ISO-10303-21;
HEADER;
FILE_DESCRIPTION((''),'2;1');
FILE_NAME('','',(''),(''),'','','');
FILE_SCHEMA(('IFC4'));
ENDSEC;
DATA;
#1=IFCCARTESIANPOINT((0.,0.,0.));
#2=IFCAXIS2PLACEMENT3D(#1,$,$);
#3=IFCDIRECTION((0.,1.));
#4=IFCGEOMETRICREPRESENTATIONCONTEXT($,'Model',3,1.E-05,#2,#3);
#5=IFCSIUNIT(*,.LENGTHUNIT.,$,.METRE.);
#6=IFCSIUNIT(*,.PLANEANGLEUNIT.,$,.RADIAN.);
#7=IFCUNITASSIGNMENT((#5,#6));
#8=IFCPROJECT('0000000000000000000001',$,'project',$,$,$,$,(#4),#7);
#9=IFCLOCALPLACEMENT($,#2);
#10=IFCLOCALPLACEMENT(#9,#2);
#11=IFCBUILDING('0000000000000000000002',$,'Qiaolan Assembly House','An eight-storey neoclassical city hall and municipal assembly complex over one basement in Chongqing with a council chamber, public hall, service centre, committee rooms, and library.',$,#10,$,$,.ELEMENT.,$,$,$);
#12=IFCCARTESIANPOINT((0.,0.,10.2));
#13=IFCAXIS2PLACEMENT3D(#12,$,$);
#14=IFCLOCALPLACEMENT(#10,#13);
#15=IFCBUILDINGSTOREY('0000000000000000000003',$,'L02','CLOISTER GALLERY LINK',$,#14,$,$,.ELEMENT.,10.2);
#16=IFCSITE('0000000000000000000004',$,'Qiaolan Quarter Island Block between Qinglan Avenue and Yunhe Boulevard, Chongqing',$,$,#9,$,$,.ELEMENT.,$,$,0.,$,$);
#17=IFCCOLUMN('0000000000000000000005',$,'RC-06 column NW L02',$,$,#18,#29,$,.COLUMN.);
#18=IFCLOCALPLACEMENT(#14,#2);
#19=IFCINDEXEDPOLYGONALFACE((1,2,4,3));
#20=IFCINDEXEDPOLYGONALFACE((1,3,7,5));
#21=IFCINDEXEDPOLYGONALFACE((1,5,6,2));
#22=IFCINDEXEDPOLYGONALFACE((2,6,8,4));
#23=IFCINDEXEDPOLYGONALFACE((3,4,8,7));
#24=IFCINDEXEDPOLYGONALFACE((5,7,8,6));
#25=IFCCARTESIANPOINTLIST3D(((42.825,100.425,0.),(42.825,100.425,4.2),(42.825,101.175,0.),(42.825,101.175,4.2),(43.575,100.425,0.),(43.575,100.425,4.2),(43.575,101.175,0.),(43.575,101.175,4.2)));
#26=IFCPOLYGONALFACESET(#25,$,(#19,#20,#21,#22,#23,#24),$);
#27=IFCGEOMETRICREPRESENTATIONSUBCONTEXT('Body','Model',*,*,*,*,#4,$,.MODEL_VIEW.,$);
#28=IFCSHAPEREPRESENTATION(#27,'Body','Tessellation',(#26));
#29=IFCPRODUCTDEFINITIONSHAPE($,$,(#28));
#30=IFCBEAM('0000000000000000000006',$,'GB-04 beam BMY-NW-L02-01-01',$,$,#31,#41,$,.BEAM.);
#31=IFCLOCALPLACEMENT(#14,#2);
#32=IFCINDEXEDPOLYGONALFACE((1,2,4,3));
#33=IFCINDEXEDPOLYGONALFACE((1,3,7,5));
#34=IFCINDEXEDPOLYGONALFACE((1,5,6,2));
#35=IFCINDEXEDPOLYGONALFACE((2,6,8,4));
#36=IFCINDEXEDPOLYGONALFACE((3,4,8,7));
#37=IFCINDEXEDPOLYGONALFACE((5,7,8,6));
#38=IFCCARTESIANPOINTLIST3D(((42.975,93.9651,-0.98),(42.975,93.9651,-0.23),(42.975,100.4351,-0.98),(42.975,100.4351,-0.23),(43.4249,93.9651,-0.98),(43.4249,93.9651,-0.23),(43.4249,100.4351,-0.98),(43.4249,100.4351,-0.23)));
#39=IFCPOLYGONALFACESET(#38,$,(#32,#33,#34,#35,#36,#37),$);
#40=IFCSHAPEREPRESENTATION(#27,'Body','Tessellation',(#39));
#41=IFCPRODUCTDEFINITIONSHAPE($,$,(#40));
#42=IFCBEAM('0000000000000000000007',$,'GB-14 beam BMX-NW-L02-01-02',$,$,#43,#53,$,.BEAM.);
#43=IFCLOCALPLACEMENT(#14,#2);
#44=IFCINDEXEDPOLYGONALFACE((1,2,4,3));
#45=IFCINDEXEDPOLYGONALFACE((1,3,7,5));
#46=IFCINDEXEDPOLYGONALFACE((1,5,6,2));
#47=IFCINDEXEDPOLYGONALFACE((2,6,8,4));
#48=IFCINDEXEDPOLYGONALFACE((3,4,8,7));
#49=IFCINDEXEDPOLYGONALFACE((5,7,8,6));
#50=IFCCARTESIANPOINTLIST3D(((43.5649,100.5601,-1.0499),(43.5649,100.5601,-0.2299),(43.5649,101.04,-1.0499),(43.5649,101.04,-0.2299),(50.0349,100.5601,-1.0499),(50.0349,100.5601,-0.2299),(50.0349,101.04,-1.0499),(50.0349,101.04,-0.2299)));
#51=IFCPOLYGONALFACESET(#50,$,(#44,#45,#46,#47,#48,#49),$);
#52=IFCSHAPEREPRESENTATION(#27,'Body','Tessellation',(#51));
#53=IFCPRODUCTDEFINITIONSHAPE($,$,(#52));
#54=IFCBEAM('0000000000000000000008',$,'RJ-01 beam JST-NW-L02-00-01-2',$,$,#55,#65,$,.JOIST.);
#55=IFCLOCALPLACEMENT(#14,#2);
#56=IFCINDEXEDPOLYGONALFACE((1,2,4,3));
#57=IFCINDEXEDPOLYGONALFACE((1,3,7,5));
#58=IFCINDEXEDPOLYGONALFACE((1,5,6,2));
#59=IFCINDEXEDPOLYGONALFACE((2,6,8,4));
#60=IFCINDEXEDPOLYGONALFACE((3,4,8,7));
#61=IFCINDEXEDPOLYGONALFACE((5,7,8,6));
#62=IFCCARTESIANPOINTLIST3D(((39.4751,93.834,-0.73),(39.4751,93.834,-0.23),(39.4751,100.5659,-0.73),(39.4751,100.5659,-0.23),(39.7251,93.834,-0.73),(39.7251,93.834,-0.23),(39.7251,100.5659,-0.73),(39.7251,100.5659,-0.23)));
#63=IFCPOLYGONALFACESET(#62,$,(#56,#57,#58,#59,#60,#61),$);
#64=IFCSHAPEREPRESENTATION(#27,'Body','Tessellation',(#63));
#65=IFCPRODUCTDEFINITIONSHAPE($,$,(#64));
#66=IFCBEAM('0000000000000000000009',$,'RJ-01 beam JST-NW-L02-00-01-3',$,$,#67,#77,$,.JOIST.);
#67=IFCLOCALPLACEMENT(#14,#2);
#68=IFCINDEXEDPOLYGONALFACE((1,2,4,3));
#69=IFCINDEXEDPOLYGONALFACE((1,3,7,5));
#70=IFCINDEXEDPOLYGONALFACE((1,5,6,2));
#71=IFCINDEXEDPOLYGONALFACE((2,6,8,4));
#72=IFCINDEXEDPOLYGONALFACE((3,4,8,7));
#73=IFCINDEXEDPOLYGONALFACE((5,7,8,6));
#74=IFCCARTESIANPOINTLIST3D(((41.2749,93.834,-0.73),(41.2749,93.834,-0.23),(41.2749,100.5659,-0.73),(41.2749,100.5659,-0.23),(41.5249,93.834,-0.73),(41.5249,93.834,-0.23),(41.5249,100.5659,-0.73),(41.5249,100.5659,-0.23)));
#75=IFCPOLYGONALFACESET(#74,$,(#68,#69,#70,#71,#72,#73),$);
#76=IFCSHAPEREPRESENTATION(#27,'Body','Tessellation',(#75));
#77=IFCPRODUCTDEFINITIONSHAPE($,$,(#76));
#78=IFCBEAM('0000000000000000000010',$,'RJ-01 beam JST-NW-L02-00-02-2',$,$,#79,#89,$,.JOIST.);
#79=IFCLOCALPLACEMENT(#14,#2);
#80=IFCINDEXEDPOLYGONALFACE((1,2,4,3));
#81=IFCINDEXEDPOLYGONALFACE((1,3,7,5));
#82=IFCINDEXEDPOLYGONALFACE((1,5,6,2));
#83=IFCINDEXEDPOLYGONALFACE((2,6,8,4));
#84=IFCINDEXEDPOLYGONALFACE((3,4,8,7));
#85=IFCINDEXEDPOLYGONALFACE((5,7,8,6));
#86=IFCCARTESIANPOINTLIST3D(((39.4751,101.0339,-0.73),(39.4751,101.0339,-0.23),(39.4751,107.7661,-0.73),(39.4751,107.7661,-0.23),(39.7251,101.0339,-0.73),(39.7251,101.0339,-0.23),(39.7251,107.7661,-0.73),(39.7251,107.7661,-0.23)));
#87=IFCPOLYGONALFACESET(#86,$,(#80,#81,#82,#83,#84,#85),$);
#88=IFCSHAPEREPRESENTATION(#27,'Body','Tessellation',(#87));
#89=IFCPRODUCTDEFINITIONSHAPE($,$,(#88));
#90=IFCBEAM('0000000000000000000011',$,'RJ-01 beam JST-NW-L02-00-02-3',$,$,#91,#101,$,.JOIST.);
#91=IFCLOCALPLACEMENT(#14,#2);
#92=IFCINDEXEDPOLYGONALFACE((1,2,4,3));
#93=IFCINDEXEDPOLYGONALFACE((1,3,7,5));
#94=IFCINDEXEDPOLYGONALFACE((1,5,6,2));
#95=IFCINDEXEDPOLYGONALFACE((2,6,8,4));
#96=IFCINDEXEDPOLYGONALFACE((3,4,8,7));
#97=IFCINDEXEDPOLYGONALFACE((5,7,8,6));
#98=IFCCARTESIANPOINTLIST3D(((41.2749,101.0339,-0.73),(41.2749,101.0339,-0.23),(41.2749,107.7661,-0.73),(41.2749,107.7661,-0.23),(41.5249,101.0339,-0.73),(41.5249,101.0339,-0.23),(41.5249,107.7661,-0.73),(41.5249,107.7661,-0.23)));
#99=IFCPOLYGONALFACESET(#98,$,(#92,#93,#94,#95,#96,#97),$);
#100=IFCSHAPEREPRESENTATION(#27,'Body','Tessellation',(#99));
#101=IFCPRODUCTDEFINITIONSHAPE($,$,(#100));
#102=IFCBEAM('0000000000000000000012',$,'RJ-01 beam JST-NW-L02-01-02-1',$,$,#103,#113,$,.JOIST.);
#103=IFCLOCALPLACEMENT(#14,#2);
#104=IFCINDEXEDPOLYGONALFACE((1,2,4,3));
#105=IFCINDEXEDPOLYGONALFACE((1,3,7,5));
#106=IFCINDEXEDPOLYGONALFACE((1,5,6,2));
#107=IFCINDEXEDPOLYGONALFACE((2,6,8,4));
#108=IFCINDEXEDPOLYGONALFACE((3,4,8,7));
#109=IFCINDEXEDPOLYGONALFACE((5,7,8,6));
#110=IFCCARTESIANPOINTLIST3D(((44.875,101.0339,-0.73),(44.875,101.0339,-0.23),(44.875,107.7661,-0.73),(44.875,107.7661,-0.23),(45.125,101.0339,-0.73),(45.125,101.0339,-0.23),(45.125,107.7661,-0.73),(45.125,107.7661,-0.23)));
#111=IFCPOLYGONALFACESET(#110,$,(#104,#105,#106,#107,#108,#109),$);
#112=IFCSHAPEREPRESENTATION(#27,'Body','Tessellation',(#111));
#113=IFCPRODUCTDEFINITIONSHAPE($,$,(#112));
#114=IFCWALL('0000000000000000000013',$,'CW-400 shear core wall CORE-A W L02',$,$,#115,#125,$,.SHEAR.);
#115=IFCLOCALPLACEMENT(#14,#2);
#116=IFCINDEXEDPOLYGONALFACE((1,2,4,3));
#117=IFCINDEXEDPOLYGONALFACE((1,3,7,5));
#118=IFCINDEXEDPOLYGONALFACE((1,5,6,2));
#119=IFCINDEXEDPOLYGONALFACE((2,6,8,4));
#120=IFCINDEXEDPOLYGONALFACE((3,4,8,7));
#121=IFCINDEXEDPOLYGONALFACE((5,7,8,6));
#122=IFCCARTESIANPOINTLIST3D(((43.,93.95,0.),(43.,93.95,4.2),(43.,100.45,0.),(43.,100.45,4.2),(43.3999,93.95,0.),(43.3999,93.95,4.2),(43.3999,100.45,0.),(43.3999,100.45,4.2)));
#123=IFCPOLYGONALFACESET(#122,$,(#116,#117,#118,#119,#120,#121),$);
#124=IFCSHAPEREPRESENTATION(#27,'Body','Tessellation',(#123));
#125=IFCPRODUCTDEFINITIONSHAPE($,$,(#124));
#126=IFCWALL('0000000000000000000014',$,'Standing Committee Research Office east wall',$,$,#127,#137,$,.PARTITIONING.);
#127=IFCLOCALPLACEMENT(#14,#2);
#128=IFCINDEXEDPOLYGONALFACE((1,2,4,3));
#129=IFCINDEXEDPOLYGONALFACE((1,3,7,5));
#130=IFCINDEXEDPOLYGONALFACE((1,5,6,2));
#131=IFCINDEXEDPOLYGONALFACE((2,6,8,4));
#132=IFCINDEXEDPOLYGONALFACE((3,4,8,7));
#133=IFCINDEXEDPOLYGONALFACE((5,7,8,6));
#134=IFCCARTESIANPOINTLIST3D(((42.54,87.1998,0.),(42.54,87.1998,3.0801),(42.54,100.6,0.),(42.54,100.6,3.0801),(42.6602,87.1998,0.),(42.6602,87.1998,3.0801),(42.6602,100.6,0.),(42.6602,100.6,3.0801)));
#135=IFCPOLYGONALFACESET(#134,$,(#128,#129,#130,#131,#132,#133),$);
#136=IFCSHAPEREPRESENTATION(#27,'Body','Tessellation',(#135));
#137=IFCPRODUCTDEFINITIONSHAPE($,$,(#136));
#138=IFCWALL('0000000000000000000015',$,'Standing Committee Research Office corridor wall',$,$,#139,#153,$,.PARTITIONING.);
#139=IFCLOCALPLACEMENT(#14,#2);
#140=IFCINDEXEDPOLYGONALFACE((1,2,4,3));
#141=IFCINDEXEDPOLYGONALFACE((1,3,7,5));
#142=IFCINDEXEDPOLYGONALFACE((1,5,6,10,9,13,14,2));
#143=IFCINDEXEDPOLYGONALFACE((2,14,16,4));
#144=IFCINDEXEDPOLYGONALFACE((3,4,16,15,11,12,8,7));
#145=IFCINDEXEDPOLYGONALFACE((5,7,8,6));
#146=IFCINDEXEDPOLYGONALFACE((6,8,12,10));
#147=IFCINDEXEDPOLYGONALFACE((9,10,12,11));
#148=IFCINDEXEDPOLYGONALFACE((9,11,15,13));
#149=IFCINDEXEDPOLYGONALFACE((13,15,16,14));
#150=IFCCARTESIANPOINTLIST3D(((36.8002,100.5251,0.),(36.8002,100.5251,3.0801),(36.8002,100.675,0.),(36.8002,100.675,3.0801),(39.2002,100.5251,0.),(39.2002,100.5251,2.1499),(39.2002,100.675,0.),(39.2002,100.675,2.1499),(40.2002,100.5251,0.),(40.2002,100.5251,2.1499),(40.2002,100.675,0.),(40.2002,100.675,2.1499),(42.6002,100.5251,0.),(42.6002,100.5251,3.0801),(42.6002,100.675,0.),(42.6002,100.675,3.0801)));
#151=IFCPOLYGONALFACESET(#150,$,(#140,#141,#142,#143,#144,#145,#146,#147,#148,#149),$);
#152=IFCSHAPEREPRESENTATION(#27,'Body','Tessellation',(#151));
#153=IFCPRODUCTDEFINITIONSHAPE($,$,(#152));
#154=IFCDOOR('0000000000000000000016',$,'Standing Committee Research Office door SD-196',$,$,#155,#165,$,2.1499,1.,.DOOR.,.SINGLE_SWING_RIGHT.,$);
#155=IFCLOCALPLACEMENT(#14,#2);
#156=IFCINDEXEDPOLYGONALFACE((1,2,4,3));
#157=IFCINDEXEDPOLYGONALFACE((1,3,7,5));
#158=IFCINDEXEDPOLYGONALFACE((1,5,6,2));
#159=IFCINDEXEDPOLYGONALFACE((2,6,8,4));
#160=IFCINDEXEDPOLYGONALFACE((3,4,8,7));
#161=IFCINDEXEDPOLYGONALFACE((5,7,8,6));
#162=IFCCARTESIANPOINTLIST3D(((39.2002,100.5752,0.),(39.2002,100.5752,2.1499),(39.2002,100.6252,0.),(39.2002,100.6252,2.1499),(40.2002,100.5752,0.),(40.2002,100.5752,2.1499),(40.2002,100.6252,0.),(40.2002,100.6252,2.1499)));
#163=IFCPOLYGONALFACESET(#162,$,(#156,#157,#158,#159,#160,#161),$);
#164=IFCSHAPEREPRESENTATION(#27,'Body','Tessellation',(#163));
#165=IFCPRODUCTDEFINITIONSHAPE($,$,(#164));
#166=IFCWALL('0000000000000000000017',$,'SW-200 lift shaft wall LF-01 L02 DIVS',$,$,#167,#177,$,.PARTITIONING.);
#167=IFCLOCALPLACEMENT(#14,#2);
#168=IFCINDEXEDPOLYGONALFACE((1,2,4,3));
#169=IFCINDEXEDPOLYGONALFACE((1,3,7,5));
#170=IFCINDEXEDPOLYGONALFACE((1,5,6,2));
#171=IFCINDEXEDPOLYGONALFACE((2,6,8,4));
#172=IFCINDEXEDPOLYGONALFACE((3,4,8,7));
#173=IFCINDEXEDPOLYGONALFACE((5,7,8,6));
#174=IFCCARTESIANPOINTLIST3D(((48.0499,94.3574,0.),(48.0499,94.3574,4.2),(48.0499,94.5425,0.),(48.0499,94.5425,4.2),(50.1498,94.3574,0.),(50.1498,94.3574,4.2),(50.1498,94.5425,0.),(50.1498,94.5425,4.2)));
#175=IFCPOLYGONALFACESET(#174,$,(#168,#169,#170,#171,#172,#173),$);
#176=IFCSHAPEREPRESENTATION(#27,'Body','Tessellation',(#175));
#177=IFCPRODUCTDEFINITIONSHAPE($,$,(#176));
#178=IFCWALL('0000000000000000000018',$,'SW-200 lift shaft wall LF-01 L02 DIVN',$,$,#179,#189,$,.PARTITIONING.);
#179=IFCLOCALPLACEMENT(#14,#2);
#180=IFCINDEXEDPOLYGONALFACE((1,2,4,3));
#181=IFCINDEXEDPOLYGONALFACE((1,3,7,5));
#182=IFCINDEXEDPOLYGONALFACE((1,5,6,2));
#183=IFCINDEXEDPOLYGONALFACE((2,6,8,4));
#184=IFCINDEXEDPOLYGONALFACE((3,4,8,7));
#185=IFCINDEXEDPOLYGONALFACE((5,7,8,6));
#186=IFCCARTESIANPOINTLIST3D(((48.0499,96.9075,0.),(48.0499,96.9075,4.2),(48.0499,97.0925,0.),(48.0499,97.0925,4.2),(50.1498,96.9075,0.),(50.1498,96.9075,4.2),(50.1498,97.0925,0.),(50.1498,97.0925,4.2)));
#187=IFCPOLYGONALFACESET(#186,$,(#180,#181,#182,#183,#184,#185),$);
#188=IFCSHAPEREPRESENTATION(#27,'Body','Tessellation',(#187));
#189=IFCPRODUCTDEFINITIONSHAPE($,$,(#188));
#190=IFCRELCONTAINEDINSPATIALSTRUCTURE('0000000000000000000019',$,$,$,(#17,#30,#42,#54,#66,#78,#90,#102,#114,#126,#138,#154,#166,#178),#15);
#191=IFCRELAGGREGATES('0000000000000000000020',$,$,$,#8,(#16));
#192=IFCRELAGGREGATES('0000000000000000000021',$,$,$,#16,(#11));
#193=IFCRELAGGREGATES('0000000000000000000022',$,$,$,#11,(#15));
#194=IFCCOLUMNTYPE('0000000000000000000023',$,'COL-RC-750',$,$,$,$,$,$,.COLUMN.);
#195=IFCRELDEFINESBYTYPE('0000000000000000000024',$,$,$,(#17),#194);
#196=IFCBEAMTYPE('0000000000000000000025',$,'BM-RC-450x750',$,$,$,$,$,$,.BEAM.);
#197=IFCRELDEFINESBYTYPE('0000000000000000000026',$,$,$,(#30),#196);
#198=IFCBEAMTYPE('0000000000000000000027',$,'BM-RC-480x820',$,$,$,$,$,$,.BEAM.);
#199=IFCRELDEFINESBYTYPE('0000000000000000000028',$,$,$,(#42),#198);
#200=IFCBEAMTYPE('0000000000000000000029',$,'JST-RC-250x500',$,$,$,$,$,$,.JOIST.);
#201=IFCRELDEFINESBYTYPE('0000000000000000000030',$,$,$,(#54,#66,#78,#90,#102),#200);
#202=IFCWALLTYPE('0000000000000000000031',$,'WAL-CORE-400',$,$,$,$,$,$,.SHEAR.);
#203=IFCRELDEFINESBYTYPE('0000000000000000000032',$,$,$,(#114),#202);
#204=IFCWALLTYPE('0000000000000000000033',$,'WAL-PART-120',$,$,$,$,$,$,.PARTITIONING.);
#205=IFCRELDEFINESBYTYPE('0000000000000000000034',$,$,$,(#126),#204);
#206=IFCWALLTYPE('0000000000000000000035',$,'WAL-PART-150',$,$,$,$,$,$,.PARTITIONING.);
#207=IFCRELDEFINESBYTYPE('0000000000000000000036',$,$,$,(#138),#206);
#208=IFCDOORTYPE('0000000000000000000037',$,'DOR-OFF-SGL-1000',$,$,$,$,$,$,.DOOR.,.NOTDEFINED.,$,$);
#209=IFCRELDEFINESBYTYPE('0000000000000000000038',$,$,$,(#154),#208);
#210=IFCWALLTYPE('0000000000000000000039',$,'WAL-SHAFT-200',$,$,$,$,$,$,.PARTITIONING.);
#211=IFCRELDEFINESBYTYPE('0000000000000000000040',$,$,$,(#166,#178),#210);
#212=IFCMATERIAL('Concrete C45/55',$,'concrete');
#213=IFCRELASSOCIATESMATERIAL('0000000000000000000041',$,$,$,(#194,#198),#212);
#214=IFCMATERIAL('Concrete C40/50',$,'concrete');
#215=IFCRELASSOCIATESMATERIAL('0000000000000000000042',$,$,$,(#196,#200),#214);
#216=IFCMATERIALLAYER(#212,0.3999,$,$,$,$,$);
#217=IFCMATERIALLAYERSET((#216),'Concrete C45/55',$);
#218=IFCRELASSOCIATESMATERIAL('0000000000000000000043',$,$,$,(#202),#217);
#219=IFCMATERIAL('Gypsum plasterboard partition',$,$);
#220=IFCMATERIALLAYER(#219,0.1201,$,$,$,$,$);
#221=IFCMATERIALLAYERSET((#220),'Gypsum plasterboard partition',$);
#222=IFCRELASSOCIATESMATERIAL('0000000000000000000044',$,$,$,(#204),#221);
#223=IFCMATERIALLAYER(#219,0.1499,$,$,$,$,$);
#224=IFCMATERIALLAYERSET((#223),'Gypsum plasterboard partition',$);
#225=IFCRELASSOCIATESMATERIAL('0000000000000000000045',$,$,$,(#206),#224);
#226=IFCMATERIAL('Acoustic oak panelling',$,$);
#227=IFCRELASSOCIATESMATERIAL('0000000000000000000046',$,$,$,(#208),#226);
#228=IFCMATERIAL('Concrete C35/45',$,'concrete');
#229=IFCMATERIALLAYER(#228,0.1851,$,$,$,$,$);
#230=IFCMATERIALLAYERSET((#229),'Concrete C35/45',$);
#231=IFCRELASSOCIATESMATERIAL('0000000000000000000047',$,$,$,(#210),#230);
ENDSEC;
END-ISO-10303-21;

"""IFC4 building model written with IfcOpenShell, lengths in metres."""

from ifc_helpers import new_model, si_unit, direction, frame, frame_2d, origin, origin_2d, place, context, subcontext, project, spatial, rectangle, extrude, material, layer, layer_set, material_profile, profile_set, type_object, element, fill, save


model = new_model("IFC4")

# Units and contexts
model_context = context("Model", 3, precision=1e-05, world=origin(), true_north=direction((0.0, 1.0)))
body_context = subcontext(model_context, "Body", "Model", "MODEL_VIEW")
ifc_project = project(units=[si_unit("LENGTHUNIT", "METRE"), si_unit("PLANEANGLEUNIT", "RADIAN")], contexts=[model_context])

# Site, building, storey
site_placement = place(None, origin())
site = spatial("IfcSite", under=ifc_project, at=site_placement, Name="Qiaolan Quarter Island Block between Qinglan Avenue and Yunhe Boulevard, Chongqing", CompositionType="ELEMENT", RefElevation=0.0)
building_placement = place(site_placement, origin())
building = spatial("IfcBuilding", under=site, at=building_placement, Name="Qiaolan Assembly House", Description="An eight-storey neoclassical city hall and municipal assembly complex over one basement in Chongqing with a council chamber, public hall, service centre, committee rooms, and library.", CompositionType="ELEMENT")
storey_placement = place(building_placement, frame((0.0, 0.0, 10.2)))
storey = spatial("IfcBuildingStorey", under=building, at=storey_placement, Name="L02", Description="CLOISTER GALLERY LINK", CompositionType="ELEMENT", Elevation=10.2)

# Column
ifc_material_1 = material(Name="Concrete C45/55", Category="concrete")
ifc_material_profile_1 = material_profile(ifc_material_1, rectangle(XDim=0.75, YDim=0.75, at=origin_2d()), Name="RC 750x750")
ifc_profile_set_1 = profile_set([ifc_material_profile_1], Name="Concrete C45/55")
column_type = type_object("IfcColumnType", Name="COL-RC-750", PredefinedType="COLUMN", material=ifc_profile_set_1)
column_placement = place(storey_placement, frame((43.2, 100.8, 0.0), z_axis=(0.0, 0.0, 1.0), x_axis=(1.0, 0.0, 0.0)))
element("IfcColumn", 1, at=column_placement, inside=storey, type_object=column_type, Name="RC-06 column NW L02", PredefinedType="COLUMN", context=body_context, shape_type="SweptSolid", body=[
    extrude(rectangle(XDim=0.75, YDim=0.75, at=origin_2d()), origin(), (0.0, 0.0, 1.0), 4.2),
])

# Beams
ifc_material_2 = material(Name="Concrete C40/50", Category="concrete")
ifc_material_profile_2 = material_profile(ifc_material_2, rectangle(XDim=0.45, YDim=0.75, at=origin_2d()), Name="RCB 450x750")
ifc_profile_set_2 = profile_set([ifc_material_profile_2], Name="Concrete C40/50")
beam_type_1 = type_object("IfcBeamType", Name="BM-RC-450x750", PredefinedType="BEAM", material=ifc_profile_set_2)
beam_1_placement = place(storey_placement, frame((43.2, 93.9651, -0.605), z_axis=(0.0, 1.0, 0.0), x_axis=(-1.0, 0.0, 0.0)))
element("IfcBeam", 2, at=beam_1_placement, inside=storey, type_object=beam_type_1, Name="GB-04 beam BMY-NW-L02-01-01", PredefinedType="BEAM", context=body_context, shape_type="SweptSolid", body=[
    extrude(rectangle(XDim=0.45, YDim=0.75, at=origin_2d()), origin(), (0.0, 0.0, 1.0), 6.47),
])
ifc_material_profile_3 = material_profile(ifc_material_1, rectangle(XDim=0.48, YDim=0.8201, at=origin_2d()), Name="RCB 480x820")
ifc_profile_set_3 = profile_set([ifc_material_profile_3], Name="Concrete C45/55")
beam_type_2 = type_object("IfcBeamType", Name="BM-RC-480x820", PredefinedType="BEAM", material=ifc_profile_set_3)
beam_2_placement = place(storey_placement, frame((43.5649, 100.8, -0.6399), z_axis=(1.0, 0.0, 0.0), x_axis=(0.0, 1.0, 0.0)))
element("IfcBeam", 3, at=beam_2_placement, inside=storey, type_object=beam_type_2, Name="GB-14 beam BMX-NW-L02-01-02", PredefinedType="BEAM", context=body_context, shape_type="SweptSolid", body=[
    extrude(rectangle(XDim=0.48, YDim=0.8201, at=origin_2d()), origin(), (0.0, 0.0, 1.0), 6.47),
])
ifc_material_profile_4 = material_profile(ifc_material_2, rectangle(XDim=0.25, YDim=0.5, at=origin_2d()), Name="RCB 250x500")
ifc_profile_set_4 = profile_set([ifc_material_profile_4], Name="Concrete C40/50")
beam_type_3 = type_object("IfcBeamType", Name="JST-RC-250x500", PredefinedType="JOIST", material=ifc_profile_set_4)
for number, where, z_axis, x_axis, name in (
    (4, (39.6001, 93.834, -0.48), (0.0, 1.0, 0.0), (-1.0, 0.0, 0.0), "RJ-01 beam JST-NW-L02-00-01-2"),
    (5, (41.3999, 93.834, -0.48), (0.0, 1.0, 0.0), (-1.0, 0.0, 0.0), "RJ-01 beam JST-NW-L02-00-01-3"),
):
    element("IfcBeam", number, at=place(storey_placement, frame(where, z_axis=z_axis, x_axis=x_axis)), inside=storey, type_object=beam_type_3, Name=name, PredefinedType="JOIST", context=body_context, shape_type="SweptSolid", body=[
        extrude(rectangle(XDim=0.25, YDim=0.5, at=origin_2d()), origin(), (0.0, 0.0, 1.0), 6.7319),
    ])
for number, where, z_axis, x_axis, name in (
    (6, (39.6001, 101.0339, -0.48), (0.0, 1.0, 0.0), (-1.0, 0.0, 0.0), "RJ-01 beam JST-NW-L02-00-02-2"),
    (7, (41.3999, 101.0339, -0.48), (0.0, 1.0, 0.0), (-1.0, 0.0, 0.0), "RJ-01 beam JST-NW-L02-00-02-3"),
    (8, (45.0, 101.0339, -0.48), (0.0, 1.0, 0.0), (-1.0, 0.0, 0.0), "RJ-01 beam JST-NW-L02-01-02-1"),
):
    element("IfcBeam", number, at=place(storey_placement, frame(where, z_axis=z_axis, x_axis=x_axis)), inside=storey, type_object=beam_type_3, Name=name, PredefinedType="JOIST", context=body_context, shape_type="SweptSolid", body=[
        extrude(rectangle(XDim=0.25, YDim=0.5, at=origin_2d()), origin(), (0.0, 0.0, 1.0), 6.7322),
    ])

# Walls
ifc_layer_1 = layer(ifc_material_1, 0.3999)
ifc_layer_set_1 = layer_set([ifc_layer_1], Name="Concrete C45/55")
wall_type_1 = type_object("IfcWallType", Name="WAL-CORE-400", PredefinedType="SHEAR", material=ifc_layer_set_1)
wall_1_placement = place(storey_placement, frame((43.2, 100.45, 0.0), z_axis=(0.0, 0.0, 1.0), x_axis=(0.0, -1.0, 0.0)))
element("IfcWall", 9, at=wall_1_placement, inside=storey, type_object=wall_type_1, Name="CW-400 shear core wall CORE-A W L02", PredefinedType="SHEAR", context=body_context, shape_type="SweptSolid", body=[
    extrude(rectangle(XDim=6.5, YDim=0.3999, at=frame_2d((3.25, 0.0))), origin(), (0.0, 0.0, 1.0), 4.2),
])
ifc_material_3 = material(Name="Gypsum plasterboard partition")
ifc_layer_2 = layer(ifc_material_3, 0.1201)
ifc_layer_set_2 = layer_set([ifc_layer_2], Name="Gypsum plasterboard partition")
wall_type_2 = type_object("IfcWallType", Name="WAL-PART-120", PredefinedType="PARTITIONING", material=ifc_layer_set_2)
wall_2_placement = place(storey_placement, frame((42.6001, 100.6001, 0.0), z_axis=(0.0, 0.0, 1.0), x_axis=(0.0, -1.0, 0.0)))
element("IfcWall", 10, at=wall_2_placement, inside=storey, type_object=wall_type_2, Name="Standing Committee Research Office east wall", PredefinedType="PARTITIONING", context=body_context, shape_type="SweptSolid", body=[
    extrude(rectangle(XDim=13.4001, YDim=0.1201, at=frame_2d((6.7002, 0.0))), origin(), (0.0, 0.0, 1.0), 3.0801),
])

# Wall, opening, door
ifc_layer_3 = layer(ifc_material_3, 0.1499)
ifc_layer_set_3 = layer_set([ifc_layer_3], Name="Gypsum plasterboard partition")
wall_type_3 = type_object("IfcWallType", Name="WAL-PART-150", PredefinedType="PARTITIONING", material=ifc_layer_set_3)
wall_3_placement = place(storey_placement, frame((42.6001, 100.6001, 0.0), z_axis=(0.0, 0.0, 1.0), x_axis=(-1.0, 0.0, 0.0)))
wall_3 = element("IfcWall", 11, at=wall_3_placement, inside=storey, type_object=wall_type_3, Name="Standing Committee Research Office corridor wall", PredefinedType="PARTITIONING", context=body_context, shape_type="SweptSolid", body=[
    extrude(rectangle(XDim=5.8, YDim=0.1499, at=frame_2d((2.8999, 0.0))), origin(), (0.0, 0.0, 1.0), 3.0801),
])
opening_placement = place(wall_3_placement, frame((2.3999, 0.0, 0.0)))
opening = element("IfcOpeningElement", 12, at=opening_placement, cuts=wall_3, PredefinedType="OPENING", context=body_context, shape_type="SweptSolid", body=[
    extrude(rectangle(XDim=1.0, YDim=2.1499, at=frame_2d((0.5, 1.075))), frame((0.0, 0.085, 0.0), z_axis=(0.0, -1.0, 0.0), x_axis=(1.0, 0.0, 0.0)), (0.0, 0.0, 1.0), 0.1699),
])
ifc_material_4 = material(Name="Acoustic oak panelling")
door_type = type_object("IfcDoorType", Name="DOR-OFF-SGL-1000", OperationType="NOTDEFINED", PredefinedType="DOOR", material=ifc_material_4)
door_placement = place(opening_placement, origin())
door = element("IfcDoor", 13, at=door_placement, inside=storey, type_object=door_type, Name="Standing Committee Research Office door SD-196", OperationType="SINGLE_SWING_RIGHT", OverallHeight=2.1499, OverallWidth=1.0, PredefinedType="DOOR", context=body_context, shape_type="SweptSolid", body=[
    extrude(rectangle(XDim=1.0, YDim=2.1499, at=frame_2d((0.5, 1.075))), frame((0.0, 0.0249, 0.0), z_axis=(0.0, -1.0, 0.0), x_axis=(1.0, 0.0, 0.0)), (0.0, 0.0, 1.0), 0.05),
])
fill(opening, door)

# Walls
ifc_material_5 = material(Name="Concrete C35/45", Category="concrete")
ifc_layer_4 = layer(ifc_material_5, 0.1851)
ifc_layer_set_4 = layer_set([ifc_layer_4], Name="Concrete C35/45")
wall_type_4 = type_object("IfcWallType", Name="WAL-SHAFT-200", PredefinedType="PARTITIONING", material=ifc_layer_set_4)
for number, where, z_axis, x_axis, name in (
    (14, (48.05, 94.45, 0.0), (0.0, 0.0, 1.0), (1.0, 0.0, 0.0), "SW-200 lift shaft wall LF-01 L02 DIVS"),
    (15, (48.05, 97.0, 0.0), (0.0, 0.0, 1.0), (1.0, 0.0, 0.0), "SW-200 lift shaft wall LF-01 L02 DIVN"),
):
    element("IfcWall", number, at=place(storey_placement, frame(where, z_axis=z_axis, x_axis=x_axis)), inside=storey, type_object=wall_type_4, Name=name, PredefinedType="PARTITIONING", context=body_context, shape_type="SweptSolid", body=[
        extrude(rectangle(XDim=2.0999, YDim=0.1851, at=frame_2d((1.0498, 0.0))), origin(), (0.0, 0.0, 1.0), 4.2),
    ])

save(model, "model.ifc")
